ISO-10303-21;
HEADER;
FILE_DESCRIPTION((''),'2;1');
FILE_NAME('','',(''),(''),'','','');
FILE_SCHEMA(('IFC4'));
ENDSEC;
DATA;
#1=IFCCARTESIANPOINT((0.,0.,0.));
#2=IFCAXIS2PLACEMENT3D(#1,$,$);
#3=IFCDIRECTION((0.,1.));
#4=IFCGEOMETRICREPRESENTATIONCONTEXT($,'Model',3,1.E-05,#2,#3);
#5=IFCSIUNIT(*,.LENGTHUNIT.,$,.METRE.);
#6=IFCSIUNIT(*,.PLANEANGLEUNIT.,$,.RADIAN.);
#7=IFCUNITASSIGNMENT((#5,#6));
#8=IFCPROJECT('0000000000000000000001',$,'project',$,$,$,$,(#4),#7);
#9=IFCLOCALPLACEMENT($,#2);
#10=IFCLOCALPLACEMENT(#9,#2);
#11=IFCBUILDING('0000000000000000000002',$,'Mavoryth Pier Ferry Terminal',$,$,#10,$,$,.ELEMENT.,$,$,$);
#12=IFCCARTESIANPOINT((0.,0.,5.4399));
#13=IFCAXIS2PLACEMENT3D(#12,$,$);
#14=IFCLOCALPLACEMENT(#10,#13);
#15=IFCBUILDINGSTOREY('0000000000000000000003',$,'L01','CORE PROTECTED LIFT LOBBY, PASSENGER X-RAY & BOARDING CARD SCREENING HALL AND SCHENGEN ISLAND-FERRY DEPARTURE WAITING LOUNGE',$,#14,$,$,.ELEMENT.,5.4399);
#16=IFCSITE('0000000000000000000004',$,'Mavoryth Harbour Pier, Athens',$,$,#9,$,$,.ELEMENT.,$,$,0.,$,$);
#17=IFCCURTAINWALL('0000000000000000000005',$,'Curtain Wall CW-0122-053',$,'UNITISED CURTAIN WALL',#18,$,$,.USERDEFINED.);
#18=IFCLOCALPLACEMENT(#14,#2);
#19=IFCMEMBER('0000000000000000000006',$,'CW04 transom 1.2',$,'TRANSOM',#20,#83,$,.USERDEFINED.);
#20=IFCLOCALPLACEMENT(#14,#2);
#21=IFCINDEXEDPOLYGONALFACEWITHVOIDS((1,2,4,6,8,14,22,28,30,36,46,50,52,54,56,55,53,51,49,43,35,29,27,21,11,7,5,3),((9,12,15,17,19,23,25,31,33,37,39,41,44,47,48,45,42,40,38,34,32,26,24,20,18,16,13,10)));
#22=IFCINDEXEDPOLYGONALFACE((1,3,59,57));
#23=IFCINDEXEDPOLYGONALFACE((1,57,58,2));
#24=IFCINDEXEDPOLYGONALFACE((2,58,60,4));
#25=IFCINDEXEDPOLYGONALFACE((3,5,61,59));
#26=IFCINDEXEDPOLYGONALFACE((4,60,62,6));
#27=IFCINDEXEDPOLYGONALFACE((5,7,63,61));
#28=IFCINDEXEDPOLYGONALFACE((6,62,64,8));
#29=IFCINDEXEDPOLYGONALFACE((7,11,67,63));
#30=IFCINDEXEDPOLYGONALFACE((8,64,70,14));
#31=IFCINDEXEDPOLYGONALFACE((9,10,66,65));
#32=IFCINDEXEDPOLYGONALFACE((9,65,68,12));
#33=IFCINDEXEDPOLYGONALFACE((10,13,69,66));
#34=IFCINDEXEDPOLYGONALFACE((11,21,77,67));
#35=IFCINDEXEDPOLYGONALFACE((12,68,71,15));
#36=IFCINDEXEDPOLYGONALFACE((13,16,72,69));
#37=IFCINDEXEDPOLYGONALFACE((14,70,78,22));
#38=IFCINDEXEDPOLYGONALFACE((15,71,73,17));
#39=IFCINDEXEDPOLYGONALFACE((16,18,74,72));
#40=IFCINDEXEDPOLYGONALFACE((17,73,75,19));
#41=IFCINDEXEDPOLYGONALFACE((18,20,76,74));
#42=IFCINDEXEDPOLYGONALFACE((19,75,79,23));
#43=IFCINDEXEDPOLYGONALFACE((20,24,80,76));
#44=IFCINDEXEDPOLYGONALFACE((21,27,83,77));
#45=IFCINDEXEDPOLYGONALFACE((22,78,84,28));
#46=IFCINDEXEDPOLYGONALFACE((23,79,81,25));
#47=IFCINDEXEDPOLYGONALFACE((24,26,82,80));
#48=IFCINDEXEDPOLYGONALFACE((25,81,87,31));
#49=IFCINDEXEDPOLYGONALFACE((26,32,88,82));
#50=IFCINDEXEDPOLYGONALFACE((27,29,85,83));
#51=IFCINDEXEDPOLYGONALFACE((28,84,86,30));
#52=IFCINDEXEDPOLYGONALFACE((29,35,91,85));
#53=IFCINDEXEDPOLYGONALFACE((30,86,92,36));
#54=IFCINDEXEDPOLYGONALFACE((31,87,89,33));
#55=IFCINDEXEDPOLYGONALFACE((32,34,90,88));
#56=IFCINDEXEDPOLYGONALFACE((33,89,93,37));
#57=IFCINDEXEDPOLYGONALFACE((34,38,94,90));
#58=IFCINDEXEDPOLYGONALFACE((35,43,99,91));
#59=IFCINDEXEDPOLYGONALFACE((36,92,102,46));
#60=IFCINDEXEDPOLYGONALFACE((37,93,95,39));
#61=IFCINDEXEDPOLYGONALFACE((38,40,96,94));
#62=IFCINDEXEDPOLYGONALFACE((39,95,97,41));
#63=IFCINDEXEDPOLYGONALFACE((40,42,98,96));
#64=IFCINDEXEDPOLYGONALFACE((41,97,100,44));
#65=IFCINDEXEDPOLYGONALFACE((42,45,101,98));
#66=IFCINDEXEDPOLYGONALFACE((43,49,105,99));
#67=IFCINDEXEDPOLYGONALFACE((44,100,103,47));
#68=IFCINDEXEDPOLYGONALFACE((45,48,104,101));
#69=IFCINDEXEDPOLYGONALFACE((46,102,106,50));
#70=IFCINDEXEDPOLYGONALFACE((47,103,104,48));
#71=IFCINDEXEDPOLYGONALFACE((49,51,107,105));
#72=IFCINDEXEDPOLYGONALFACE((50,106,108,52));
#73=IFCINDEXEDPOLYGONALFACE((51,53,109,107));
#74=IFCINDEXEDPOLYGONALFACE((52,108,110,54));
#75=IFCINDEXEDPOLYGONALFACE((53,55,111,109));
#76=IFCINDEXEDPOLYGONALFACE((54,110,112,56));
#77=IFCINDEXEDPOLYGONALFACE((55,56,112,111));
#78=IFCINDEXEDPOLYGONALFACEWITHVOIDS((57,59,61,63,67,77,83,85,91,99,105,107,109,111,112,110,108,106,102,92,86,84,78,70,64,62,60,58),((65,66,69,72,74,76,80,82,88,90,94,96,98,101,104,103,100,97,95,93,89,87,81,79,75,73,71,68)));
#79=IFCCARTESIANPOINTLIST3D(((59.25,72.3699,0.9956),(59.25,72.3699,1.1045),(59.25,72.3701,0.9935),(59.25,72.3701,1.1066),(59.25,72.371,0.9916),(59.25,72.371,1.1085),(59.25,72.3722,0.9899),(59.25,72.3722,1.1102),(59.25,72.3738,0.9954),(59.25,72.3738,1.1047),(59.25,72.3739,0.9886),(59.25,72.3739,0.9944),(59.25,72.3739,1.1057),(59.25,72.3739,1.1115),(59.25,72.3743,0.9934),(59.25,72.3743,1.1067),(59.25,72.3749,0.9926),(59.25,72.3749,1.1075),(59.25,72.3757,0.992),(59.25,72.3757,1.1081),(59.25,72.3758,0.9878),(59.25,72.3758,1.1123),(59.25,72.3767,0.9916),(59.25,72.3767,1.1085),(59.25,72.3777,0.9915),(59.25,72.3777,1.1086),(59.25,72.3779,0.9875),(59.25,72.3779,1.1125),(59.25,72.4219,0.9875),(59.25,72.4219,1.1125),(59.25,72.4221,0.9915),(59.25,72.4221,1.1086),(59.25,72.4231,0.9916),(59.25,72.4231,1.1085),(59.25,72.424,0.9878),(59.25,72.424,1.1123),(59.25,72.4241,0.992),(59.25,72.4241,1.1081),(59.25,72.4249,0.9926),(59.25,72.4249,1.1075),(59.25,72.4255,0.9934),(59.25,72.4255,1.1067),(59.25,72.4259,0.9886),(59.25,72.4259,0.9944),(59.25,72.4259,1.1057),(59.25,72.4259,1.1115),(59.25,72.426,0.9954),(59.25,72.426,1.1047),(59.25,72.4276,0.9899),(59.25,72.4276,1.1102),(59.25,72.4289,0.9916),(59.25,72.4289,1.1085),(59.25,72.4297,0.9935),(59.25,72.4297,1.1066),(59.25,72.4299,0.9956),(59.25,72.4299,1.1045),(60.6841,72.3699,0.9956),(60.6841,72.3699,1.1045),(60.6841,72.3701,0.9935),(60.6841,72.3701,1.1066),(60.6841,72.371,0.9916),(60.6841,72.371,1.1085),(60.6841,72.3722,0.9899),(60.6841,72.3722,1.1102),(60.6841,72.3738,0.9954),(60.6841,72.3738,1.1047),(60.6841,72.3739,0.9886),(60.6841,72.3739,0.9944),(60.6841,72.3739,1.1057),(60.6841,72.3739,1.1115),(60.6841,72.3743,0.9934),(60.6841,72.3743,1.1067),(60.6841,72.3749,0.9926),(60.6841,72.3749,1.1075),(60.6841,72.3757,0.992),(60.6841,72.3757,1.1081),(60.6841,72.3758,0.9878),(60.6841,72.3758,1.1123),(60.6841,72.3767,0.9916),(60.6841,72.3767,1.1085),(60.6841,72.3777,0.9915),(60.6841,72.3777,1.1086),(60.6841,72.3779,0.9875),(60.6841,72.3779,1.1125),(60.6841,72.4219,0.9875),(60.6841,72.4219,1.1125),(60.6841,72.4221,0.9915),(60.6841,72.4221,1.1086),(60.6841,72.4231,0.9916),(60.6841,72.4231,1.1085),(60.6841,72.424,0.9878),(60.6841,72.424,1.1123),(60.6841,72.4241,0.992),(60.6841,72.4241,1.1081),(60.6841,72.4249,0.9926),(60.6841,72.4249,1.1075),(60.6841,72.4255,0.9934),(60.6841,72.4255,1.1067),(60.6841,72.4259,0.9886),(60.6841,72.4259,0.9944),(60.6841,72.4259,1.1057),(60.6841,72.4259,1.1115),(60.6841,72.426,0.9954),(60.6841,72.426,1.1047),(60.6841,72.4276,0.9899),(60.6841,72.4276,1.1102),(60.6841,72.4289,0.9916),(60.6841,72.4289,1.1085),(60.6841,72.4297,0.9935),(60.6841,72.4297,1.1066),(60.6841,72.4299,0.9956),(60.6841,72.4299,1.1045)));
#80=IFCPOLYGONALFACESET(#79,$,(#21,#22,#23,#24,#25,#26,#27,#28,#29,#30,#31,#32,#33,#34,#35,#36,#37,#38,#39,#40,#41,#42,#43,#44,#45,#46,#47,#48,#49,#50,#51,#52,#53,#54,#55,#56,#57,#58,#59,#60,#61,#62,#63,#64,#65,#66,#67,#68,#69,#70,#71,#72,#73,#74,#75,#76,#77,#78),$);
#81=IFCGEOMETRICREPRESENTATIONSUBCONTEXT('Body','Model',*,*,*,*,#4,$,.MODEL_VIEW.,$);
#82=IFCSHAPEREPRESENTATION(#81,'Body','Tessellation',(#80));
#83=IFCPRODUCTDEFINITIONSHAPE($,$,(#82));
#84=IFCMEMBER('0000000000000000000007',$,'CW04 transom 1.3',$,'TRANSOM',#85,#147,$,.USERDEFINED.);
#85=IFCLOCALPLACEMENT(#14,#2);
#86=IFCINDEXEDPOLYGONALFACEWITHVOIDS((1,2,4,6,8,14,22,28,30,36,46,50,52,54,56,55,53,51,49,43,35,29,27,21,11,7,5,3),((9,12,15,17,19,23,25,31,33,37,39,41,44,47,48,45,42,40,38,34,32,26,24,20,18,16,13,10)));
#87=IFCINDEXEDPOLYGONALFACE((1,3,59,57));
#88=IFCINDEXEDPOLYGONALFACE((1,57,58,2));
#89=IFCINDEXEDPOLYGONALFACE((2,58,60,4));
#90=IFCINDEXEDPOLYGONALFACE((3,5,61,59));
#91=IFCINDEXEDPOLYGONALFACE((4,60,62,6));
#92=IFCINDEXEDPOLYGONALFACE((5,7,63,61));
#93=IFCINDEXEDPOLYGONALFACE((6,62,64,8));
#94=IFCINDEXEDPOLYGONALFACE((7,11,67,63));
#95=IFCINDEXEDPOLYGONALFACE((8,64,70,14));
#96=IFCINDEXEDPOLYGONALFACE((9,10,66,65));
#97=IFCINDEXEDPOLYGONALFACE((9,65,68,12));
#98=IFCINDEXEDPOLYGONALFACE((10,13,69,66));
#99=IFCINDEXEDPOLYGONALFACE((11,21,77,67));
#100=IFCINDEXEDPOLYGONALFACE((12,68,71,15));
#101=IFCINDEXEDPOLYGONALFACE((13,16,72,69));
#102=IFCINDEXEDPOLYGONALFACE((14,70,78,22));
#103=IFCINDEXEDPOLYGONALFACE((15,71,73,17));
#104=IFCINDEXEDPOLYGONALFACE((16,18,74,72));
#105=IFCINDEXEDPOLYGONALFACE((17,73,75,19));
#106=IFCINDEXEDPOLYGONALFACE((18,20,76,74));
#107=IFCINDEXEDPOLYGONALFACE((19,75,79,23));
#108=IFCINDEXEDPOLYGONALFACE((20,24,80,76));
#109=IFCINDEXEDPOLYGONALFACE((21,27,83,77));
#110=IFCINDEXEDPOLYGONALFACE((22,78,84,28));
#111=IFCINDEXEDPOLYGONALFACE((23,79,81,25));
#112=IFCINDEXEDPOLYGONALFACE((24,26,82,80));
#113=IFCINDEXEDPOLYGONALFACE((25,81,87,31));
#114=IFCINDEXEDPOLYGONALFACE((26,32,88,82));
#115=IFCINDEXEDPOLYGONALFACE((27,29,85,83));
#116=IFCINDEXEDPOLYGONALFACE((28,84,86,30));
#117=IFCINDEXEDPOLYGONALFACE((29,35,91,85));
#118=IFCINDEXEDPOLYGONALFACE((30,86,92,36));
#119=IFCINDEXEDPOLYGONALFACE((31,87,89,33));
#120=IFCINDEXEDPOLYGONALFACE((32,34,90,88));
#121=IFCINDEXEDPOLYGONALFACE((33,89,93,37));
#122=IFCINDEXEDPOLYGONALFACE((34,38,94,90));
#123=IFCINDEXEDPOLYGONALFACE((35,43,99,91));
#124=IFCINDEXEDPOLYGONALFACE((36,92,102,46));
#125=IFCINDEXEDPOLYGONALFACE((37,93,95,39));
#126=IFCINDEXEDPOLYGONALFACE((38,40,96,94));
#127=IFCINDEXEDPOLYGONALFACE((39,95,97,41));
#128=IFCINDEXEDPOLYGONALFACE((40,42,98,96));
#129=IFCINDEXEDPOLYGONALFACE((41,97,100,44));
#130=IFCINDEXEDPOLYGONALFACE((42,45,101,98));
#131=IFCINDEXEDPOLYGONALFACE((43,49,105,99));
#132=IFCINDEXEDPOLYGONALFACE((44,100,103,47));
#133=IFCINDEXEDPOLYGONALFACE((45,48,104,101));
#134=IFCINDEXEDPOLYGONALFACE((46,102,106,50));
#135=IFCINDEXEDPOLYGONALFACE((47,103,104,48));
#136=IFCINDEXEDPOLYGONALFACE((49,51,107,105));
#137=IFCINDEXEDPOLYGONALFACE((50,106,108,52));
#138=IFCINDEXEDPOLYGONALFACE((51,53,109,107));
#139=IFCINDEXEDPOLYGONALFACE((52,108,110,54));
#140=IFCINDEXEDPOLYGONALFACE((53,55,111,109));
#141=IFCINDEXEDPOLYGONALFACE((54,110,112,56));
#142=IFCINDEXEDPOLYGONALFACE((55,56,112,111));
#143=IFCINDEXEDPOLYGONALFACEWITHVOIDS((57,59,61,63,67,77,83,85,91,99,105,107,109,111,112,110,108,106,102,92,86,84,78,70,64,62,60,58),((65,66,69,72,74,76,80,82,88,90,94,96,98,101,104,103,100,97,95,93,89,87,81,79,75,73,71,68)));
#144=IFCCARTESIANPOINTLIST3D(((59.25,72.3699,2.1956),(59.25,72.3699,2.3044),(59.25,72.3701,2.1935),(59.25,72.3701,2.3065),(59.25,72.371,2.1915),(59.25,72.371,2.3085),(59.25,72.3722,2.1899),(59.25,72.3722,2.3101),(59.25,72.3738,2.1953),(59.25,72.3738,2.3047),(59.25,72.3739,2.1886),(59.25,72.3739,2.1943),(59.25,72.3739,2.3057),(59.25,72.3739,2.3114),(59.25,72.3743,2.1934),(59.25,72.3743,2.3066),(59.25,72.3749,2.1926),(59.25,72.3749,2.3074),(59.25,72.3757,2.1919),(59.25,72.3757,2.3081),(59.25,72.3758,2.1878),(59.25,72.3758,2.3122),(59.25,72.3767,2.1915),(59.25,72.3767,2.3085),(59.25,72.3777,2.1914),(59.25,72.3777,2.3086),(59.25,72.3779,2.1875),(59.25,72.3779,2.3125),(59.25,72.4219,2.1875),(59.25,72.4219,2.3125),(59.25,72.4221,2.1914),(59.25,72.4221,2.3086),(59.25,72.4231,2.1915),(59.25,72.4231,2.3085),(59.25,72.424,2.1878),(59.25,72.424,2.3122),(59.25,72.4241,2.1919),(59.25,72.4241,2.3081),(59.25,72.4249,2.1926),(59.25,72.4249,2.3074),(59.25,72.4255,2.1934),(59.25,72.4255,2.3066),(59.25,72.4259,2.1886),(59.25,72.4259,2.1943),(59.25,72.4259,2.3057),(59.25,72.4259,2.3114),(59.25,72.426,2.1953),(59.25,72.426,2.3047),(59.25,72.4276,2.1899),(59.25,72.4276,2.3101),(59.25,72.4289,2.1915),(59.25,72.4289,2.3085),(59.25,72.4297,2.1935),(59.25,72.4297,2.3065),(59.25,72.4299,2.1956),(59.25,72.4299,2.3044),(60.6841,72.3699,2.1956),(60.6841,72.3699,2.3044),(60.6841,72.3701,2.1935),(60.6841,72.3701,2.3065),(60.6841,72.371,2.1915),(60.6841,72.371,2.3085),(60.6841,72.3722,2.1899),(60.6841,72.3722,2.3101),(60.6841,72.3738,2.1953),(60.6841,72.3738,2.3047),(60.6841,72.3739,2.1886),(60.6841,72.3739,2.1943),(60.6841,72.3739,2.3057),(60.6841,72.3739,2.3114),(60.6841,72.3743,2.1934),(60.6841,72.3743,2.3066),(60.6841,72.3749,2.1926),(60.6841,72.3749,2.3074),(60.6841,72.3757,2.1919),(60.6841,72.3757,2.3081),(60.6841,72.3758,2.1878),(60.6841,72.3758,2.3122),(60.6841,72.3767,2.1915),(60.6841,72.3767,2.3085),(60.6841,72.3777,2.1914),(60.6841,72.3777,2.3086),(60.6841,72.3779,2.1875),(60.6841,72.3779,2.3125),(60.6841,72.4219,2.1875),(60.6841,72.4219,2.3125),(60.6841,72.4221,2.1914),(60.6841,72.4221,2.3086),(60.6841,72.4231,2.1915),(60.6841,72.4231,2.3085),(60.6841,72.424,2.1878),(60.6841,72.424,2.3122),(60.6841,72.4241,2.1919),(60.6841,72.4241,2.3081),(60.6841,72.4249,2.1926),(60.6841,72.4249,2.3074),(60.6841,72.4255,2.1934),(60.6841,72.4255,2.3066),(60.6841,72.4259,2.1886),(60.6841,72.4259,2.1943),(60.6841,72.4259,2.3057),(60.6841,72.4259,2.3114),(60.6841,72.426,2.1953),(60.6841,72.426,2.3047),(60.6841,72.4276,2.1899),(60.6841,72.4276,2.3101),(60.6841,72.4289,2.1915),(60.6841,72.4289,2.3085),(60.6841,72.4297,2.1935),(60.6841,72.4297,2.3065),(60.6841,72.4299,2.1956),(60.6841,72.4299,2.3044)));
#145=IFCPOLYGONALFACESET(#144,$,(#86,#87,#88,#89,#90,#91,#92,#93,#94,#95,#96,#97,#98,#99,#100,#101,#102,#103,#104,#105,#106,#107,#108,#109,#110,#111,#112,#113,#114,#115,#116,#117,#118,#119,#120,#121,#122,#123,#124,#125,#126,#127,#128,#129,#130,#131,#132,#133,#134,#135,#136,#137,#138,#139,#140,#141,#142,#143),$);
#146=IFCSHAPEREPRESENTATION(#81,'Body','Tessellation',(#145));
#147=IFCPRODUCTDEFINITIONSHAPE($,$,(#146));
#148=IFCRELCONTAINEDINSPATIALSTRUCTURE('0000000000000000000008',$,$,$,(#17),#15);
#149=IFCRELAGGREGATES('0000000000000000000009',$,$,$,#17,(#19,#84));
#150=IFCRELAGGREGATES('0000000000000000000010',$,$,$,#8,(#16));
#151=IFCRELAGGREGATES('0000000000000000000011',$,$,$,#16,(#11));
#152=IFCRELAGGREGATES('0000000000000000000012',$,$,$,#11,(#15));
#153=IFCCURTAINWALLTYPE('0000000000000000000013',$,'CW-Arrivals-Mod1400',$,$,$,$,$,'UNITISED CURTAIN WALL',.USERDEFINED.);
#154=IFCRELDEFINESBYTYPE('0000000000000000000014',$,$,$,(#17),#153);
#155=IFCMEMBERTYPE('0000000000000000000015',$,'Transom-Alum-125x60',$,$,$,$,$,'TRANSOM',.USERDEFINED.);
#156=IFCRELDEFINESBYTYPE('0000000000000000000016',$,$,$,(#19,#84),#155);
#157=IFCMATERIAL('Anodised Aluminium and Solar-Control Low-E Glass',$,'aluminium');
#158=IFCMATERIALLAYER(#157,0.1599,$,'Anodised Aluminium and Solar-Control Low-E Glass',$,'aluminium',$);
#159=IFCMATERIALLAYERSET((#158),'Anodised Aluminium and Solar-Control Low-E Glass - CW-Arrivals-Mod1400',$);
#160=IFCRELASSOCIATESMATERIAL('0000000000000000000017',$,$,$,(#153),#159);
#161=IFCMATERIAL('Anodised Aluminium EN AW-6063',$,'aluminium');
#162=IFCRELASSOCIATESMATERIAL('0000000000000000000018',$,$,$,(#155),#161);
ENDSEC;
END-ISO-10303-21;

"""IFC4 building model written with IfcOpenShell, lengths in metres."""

from ifc_helpers import new_model, si_unit, direction, frame, origin, origin_2d, place, context, subcontext, project, spatial, hollow_rectangle, extrude, material, layer, layer_set, material_profile, profile_set, type_object, element, aggregate, save


model = new_model("IFC4")

# Units and contexts
model_context = context("Model", 3, precision=1e-05, world=origin(), true_north=direction((0.0, 1.0)))
body_context = subcontext(model_context, "Body", "Model", "MODEL_VIEW")
ifc_project = project(units=[si_unit("LENGTHUNIT", "METRE"), si_unit("PLANEANGLEUNIT", "RADIAN")], contexts=[model_context])

# Site, building, storey
site_placement = place(None, origin())
site = spatial("IfcSite", under=ifc_project, at=site_placement, Name="Mavoryth Harbour Pier, Athens", CompositionType="ELEMENT", RefElevation=0.0)
building_placement = place(site_placement, origin())
building = spatial("IfcBuilding", under=site, at=building_placement, Name="Mavoryth Pier Ferry Terminal", CompositionType="ELEMENT")
storey_placement = place(building_placement, frame((0.0, 0.0, 5.4399)))
storey = spatial("IfcBuildingStorey", under=building, at=storey_placement, Name="L01", Description="CORE PROTECTED LIFT LOBBY, PASSENGER X-RAY & BOARDING CARD SCREENING HALL AND SCHENGEN ISLAND-FERRY DEPARTURE WAITING LOUNGE", CompositionType="ELEMENT", Elevation=5.4399)

# Curtain wall
ifc_material_1 = material(Name="Anodised Aluminium and Solar-Control Low-E Glass", Category="aluminium")
ifc_material_2 = material(Name="Anodised Aluminium EN AW-6063", Category="aluminium")
ifc_layer_1 = layer(ifc_material_1, 0.1599, Name="Anodised Aluminium and Solar-Control Low-E Glass", Category="aluminium")
ifc_layer_set_1 = layer_set([ifc_layer_1], Name="Anodised Aluminium and Solar-Control Low-E Glass - CW-Arrivals-Mod1400")
curtain_wall_type_1 = type_object("IfcCurtainWallType", Name="CW-Arrivals-Mod1400", ElementType="UNITISED CURTAIN WALL", PredefinedType="USERDEFINED", material=ifc_layer_set_1)
curtain_wall_1_placement = place(storey_placement, origin())
curtain_wall_1 = element("IfcCurtainWall", 1, at=curtain_wall_1_placement, inside=storey, type_object=curtain_wall_type_1, Name="Curtain Wall CW-0122-053", ObjectType="UNITISED CURTAIN WALL", PredefinedType="USERDEFINED")

# Members
ifc_material_profile_1 = material_profile(ifc_material_2, hollow_rectangle(XDim=0.0601, YDim=0.125, WallThickness=0.0039, InnerFilletRadius=0.0039, OuterFilletRadius=0.0081, at=origin_2d()), Name="AL-TRAN 125x60x4", Category="aluminium")
ifc_profile_set_1 = profile_set([ifc_material_profile_1], Name="Anodised Aluminium EN AW-6063 - AL-TRAN 125x60x4")
member_type_1 = type_object("IfcMemberType", Name="Transom-Alum-125x60", ElementType="TRANSOM", PredefinedType="USERDEFINED", material=ifc_profile_set_1)
member_1_placement = place(storey_placement, frame((59.25, 72.3999, 1.05), z_axis=(1.0, 0.0, 0.0), x_axis=(0.0, 1.0, 0.0)))
member_1 = element("IfcMember", 2, at=member_1_placement, type_object=member_type_1, Name="CW04 transom 1.2", ObjectType="TRANSOM", PredefinedType="USERDEFINED", context=body_context, shape_type="SweptSolid", body=[
    extrude(hollow_rectangle(XDim=0.0601, YDim=0.125, WallThickness=0.0039, InnerFilletRadius=0.0039, OuterFilletRadius=0.0081, at=origin_2d()), origin(), (0.0, 0.0, 1.0), 1.4341),
])
member_2_placement = place(storey_placement, frame((59.25, 72.3999, 2.25), z_axis=(1.0, 0.0, 0.0), x_axis=(0.0, 1.0, 0.0)))
member_2 = element("IfcMember", 3, at=member_2_placement, type_object=member_type_1, Name="CW04 transom 1.3", ObjectType="TRANSOM", PredefinedType="USERDEFINED", context=body_context, shape_type="SweptSolid", body=[
    extrude(hollow_rectangle(XDim=0.0601, YDim=0.125, WallThickness=0.0039, InnerFilletRadius=0.0039, OuterFilletRadius=0.0081, at=origin_2d()), origin(), (0.0, 0.0, 1.0), 1.4341),
])

aggregate(curtain_wall_1, [member_1, member_2])

save(model, "model.ifc")
